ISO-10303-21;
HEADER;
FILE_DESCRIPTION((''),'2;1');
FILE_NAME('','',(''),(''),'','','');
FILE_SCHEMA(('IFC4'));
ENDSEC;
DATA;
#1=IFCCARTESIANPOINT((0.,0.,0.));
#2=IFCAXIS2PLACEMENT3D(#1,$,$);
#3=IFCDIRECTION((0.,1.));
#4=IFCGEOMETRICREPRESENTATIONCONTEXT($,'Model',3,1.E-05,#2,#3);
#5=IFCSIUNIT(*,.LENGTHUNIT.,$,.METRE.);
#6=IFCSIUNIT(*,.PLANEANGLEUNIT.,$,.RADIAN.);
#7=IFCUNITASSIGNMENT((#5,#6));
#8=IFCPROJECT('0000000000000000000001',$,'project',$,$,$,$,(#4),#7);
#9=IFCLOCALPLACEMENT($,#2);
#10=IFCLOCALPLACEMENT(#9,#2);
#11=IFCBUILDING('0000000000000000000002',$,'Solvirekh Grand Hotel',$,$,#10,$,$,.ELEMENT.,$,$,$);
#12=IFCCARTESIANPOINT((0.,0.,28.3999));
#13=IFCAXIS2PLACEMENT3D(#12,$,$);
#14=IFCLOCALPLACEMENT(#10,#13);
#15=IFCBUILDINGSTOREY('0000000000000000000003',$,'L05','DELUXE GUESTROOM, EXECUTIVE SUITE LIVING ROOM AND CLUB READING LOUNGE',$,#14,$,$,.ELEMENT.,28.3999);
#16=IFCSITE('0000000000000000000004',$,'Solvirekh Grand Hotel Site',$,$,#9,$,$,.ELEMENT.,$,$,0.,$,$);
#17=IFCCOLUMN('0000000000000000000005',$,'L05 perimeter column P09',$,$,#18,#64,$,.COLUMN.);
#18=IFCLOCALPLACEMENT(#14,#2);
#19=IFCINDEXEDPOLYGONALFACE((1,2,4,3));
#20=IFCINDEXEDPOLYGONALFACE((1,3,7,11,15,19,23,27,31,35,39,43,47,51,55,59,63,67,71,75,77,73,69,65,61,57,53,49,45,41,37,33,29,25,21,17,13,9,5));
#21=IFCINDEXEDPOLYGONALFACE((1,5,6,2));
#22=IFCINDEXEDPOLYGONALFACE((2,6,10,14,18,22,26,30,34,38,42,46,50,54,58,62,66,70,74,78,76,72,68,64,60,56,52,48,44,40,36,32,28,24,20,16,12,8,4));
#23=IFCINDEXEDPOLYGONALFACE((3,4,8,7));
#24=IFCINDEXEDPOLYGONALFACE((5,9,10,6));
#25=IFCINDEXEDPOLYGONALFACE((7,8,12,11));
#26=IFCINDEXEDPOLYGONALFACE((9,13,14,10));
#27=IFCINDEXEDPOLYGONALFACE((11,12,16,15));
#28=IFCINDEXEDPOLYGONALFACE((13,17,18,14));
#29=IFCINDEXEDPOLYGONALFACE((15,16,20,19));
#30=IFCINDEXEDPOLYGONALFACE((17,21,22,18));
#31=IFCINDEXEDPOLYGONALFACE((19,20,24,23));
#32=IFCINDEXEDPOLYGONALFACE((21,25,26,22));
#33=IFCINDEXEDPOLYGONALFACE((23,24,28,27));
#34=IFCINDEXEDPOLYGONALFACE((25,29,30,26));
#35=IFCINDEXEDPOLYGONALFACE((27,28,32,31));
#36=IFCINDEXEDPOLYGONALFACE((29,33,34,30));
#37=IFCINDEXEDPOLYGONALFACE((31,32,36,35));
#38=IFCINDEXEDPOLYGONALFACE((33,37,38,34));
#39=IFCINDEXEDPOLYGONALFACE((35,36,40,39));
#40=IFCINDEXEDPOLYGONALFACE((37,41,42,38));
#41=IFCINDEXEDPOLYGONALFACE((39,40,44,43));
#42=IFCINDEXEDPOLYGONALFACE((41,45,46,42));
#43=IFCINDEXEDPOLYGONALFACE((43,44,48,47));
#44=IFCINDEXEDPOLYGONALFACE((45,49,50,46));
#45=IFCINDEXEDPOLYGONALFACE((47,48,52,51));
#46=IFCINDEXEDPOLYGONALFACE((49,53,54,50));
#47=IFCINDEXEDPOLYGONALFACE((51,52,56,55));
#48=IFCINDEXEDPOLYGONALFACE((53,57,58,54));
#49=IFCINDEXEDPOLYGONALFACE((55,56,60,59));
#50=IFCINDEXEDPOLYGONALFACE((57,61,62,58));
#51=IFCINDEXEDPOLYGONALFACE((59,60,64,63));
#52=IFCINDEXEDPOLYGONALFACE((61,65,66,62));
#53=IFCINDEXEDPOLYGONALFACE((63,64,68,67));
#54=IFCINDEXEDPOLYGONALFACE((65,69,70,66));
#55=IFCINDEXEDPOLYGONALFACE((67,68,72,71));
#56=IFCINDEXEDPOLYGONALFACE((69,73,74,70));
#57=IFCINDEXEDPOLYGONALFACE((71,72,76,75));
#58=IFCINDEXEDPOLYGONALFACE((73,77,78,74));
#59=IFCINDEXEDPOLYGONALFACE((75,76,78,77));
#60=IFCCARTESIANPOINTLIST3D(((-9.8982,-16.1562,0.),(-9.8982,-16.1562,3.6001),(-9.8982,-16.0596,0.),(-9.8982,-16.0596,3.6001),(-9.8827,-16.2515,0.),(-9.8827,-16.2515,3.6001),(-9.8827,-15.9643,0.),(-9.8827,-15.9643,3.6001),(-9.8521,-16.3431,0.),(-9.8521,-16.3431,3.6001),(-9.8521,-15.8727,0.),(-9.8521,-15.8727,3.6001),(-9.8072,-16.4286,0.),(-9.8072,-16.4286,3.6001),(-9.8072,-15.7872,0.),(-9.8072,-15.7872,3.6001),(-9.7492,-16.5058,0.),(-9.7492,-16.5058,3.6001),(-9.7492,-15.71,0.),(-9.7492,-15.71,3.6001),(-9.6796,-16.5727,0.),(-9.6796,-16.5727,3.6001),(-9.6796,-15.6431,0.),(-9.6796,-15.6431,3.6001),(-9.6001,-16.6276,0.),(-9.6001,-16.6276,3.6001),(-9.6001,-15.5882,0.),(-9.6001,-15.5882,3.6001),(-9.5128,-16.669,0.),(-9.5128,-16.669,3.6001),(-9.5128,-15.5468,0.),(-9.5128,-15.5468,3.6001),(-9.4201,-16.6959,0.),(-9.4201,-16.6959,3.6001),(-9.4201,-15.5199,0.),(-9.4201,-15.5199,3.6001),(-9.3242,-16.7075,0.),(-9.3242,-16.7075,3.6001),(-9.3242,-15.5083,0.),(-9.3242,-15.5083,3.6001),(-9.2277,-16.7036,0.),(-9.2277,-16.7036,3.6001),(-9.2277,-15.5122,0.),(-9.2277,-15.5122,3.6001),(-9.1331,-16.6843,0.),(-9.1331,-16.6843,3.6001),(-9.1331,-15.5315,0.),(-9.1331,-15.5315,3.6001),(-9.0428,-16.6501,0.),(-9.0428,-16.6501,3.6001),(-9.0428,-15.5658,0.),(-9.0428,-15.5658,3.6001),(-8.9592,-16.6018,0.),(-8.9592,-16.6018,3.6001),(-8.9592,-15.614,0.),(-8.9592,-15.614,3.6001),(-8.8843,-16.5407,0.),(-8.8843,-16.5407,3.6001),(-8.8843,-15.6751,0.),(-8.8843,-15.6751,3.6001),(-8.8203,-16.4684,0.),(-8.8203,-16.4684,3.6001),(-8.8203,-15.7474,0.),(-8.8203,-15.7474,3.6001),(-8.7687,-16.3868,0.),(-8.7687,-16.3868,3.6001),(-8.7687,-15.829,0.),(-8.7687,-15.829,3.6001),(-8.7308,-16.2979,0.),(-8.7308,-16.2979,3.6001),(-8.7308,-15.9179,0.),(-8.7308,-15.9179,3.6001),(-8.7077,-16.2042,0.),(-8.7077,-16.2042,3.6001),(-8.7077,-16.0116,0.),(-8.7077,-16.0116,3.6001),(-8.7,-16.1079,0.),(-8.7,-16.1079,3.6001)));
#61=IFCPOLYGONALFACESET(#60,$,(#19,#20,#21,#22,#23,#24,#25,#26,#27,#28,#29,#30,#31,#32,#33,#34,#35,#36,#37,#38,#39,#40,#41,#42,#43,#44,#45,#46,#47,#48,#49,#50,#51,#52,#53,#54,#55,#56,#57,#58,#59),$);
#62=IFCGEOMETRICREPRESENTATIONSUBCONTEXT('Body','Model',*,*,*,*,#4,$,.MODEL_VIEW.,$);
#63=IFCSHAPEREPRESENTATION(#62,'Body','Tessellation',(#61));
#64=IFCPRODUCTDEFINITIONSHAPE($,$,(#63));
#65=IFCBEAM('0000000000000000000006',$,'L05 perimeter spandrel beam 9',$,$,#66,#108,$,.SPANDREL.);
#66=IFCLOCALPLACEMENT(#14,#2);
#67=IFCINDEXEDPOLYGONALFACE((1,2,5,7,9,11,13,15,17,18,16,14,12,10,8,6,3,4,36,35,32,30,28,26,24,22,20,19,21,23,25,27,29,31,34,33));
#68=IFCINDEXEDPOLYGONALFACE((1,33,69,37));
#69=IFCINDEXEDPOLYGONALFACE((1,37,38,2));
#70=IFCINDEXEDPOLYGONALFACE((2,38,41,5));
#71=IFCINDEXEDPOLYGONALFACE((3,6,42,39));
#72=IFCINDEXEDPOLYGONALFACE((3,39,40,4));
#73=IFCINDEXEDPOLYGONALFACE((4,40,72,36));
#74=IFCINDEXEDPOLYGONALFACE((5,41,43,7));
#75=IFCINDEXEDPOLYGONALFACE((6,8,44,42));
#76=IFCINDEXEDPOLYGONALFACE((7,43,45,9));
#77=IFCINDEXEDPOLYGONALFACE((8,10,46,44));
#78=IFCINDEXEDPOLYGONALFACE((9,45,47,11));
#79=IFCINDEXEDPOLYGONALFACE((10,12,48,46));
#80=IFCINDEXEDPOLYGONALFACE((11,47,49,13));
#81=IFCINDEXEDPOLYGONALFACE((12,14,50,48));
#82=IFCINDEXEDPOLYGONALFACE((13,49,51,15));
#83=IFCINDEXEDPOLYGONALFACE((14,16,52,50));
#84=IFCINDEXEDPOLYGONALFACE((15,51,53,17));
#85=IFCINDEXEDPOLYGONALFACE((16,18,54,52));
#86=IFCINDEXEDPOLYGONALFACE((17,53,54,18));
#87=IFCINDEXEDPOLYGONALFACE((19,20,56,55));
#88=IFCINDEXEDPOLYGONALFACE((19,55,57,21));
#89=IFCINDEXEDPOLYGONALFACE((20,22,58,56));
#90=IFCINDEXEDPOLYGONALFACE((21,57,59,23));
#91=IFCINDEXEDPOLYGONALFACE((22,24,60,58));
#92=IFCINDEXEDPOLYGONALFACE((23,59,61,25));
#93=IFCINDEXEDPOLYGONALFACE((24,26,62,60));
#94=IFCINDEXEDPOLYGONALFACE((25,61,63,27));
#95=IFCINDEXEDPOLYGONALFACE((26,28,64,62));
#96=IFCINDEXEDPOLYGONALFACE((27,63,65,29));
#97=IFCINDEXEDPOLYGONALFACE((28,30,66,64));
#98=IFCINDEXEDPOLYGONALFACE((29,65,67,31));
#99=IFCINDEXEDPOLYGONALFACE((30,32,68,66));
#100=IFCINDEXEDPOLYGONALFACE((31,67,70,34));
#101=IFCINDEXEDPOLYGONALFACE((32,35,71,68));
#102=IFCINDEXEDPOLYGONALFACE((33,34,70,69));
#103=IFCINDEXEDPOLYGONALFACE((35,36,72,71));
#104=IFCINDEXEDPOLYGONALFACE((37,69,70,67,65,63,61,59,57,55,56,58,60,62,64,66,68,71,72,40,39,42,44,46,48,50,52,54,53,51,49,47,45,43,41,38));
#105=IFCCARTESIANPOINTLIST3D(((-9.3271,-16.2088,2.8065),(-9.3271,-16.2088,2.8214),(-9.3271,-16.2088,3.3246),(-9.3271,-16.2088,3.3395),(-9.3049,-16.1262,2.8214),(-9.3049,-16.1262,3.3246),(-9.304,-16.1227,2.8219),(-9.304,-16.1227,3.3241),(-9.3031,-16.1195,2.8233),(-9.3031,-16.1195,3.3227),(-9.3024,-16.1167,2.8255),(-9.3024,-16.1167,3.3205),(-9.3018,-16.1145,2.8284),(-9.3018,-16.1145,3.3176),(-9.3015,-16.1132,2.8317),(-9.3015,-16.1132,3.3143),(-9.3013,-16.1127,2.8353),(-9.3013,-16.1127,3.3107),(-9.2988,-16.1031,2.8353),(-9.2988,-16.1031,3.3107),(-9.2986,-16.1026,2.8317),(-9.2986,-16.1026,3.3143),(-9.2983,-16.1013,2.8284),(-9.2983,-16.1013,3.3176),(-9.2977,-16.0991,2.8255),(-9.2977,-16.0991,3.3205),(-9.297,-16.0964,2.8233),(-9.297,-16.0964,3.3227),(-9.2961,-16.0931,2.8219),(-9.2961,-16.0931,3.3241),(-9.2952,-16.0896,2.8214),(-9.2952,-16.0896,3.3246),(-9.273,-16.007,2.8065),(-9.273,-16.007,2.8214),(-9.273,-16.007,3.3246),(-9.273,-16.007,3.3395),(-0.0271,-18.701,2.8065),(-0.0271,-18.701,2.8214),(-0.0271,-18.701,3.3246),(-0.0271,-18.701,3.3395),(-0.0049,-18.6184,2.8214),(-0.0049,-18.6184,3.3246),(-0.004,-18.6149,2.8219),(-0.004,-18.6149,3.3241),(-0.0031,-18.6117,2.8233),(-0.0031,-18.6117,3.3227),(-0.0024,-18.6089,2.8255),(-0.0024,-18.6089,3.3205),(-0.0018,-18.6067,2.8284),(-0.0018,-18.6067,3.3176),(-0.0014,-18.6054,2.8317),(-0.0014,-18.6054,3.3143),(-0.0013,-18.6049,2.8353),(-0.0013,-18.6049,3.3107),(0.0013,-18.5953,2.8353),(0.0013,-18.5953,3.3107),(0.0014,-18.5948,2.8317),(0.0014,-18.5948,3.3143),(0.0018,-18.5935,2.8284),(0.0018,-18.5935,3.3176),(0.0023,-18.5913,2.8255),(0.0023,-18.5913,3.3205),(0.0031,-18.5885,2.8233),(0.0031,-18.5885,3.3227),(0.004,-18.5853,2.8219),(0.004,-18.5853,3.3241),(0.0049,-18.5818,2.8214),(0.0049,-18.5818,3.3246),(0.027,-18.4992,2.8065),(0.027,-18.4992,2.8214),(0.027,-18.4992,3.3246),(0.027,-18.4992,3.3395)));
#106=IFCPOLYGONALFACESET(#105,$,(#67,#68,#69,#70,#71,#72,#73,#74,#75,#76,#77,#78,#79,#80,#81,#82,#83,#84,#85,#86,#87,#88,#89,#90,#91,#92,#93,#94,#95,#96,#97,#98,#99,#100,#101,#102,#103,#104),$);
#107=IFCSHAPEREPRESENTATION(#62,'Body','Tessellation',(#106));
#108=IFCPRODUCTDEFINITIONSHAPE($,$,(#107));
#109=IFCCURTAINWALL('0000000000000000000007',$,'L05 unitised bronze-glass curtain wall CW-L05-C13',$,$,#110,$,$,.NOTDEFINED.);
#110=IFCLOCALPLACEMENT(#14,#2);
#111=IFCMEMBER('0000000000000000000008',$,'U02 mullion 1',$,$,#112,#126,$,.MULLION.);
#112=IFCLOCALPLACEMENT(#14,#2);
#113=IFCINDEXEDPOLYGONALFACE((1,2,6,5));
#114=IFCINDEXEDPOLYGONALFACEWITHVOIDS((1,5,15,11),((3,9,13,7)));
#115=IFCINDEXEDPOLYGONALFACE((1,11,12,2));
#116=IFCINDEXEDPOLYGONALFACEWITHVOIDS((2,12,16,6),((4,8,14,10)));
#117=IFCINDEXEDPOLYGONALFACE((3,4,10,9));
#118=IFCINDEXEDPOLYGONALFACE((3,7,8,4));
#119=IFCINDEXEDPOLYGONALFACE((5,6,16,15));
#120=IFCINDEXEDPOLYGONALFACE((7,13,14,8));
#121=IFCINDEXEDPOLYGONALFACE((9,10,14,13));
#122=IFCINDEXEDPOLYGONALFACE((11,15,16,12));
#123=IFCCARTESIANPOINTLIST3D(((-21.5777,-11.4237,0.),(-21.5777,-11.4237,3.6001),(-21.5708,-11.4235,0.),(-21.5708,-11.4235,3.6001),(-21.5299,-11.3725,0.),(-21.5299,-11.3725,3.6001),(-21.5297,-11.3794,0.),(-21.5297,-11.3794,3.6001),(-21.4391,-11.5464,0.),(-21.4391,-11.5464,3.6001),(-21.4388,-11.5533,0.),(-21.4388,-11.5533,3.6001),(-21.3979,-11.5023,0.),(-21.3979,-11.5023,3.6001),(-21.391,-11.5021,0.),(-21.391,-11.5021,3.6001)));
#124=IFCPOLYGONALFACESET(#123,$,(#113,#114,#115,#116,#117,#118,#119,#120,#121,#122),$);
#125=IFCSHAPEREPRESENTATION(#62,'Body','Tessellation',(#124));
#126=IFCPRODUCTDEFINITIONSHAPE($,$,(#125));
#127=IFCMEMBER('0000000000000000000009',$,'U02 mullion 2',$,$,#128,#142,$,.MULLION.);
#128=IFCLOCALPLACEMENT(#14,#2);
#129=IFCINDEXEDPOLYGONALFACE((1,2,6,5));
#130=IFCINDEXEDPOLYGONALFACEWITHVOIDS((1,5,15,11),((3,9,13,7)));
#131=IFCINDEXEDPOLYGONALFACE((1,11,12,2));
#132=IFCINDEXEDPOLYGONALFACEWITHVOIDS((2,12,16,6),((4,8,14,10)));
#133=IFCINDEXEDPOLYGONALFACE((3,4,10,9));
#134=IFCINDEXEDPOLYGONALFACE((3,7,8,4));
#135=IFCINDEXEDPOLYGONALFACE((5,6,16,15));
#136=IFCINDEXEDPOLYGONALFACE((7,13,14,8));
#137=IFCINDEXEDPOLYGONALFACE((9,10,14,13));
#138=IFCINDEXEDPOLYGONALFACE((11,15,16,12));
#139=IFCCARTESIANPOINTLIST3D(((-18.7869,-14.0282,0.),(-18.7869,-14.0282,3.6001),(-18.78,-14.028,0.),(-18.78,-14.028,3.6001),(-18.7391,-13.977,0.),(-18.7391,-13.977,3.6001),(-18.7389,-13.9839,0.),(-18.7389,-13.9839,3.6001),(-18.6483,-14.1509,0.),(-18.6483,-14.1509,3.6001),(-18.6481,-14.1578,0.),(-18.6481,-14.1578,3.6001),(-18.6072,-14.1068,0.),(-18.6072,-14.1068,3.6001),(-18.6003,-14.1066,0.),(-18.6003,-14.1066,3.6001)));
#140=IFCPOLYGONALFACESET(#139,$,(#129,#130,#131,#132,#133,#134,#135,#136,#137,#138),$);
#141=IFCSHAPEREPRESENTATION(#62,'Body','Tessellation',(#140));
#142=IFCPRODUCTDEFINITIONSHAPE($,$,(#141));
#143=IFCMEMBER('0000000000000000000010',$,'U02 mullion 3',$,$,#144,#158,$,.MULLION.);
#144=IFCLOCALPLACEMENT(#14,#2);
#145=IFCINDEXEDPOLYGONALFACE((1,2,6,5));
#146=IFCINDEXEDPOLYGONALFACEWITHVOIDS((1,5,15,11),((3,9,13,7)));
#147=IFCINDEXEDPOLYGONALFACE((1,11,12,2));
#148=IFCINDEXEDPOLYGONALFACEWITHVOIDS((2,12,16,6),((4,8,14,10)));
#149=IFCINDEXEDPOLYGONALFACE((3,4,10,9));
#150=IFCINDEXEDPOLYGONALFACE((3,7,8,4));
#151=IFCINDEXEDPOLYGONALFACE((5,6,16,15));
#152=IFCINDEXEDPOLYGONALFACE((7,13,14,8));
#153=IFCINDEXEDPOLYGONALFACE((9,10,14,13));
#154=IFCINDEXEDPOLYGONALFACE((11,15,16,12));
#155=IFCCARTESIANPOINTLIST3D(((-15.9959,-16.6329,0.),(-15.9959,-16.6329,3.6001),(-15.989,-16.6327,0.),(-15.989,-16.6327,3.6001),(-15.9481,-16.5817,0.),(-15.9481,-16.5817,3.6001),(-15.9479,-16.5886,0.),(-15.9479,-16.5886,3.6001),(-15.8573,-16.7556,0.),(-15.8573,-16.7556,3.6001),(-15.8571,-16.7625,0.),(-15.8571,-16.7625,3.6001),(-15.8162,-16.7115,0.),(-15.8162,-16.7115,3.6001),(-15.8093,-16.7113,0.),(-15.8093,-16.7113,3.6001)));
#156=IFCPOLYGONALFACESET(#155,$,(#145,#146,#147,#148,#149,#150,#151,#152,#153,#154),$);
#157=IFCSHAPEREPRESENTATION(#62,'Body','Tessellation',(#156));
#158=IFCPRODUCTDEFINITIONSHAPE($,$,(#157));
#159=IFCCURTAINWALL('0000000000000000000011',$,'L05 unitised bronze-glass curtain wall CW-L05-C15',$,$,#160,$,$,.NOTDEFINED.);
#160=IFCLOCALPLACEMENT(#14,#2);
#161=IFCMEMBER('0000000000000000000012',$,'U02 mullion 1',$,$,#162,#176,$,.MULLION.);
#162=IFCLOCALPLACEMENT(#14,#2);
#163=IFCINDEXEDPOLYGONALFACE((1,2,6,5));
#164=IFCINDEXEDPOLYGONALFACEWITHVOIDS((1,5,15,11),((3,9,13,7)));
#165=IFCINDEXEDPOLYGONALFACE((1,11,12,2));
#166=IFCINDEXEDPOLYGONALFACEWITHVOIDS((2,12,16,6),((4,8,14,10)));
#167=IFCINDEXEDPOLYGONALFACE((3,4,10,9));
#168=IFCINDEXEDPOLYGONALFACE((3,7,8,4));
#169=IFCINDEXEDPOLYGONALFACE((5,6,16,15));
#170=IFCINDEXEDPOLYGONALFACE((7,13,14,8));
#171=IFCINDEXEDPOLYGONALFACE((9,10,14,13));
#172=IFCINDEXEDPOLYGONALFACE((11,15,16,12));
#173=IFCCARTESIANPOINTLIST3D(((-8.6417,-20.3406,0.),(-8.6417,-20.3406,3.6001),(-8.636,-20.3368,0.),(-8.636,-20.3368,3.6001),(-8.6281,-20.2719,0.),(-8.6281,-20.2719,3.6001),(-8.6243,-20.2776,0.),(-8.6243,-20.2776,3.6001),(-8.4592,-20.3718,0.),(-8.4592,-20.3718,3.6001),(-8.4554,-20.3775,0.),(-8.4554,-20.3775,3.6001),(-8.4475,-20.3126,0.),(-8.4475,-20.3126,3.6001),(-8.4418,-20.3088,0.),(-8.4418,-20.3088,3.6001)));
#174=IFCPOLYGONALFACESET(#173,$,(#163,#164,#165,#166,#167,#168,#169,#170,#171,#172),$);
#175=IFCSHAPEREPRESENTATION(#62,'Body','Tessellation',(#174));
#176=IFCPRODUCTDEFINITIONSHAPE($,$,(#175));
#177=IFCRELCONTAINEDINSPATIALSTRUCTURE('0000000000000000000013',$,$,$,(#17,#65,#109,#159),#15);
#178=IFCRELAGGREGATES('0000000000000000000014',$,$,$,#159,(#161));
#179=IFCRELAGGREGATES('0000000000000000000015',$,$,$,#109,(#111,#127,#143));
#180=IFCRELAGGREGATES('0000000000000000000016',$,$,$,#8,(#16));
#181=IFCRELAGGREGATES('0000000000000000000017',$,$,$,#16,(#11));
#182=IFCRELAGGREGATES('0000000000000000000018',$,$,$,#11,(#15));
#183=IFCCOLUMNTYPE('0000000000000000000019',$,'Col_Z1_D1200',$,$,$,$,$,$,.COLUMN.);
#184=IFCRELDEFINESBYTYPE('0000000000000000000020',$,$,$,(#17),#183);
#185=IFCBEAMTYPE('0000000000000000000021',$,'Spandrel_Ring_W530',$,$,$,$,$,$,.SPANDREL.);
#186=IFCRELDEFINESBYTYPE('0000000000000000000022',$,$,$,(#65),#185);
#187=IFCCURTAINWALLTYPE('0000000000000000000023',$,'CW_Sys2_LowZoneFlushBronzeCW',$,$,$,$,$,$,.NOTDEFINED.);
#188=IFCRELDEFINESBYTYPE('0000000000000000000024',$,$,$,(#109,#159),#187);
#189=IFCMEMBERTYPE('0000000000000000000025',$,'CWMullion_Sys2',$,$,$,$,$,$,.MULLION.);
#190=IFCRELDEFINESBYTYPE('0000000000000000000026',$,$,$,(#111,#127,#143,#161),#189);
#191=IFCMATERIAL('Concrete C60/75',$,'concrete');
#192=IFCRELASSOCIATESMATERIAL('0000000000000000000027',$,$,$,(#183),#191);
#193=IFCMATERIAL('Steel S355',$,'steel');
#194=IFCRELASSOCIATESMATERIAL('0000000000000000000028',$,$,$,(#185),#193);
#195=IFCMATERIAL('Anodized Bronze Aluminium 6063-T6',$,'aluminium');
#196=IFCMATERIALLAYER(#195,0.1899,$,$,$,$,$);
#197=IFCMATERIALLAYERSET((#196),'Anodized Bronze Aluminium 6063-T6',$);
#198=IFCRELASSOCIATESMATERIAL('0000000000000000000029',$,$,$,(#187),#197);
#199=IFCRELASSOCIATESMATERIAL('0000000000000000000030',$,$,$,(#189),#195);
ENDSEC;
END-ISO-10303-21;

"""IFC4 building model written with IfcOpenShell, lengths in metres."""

from ifc_helpers import new_model, si_unit, direction, frame, origin, origin_2d, place, context, subcontext, project, spatial, hollow_rectangle, circle, i_section, extrude, source, transform, mapped, material, layer, layer_set, material_profile, profile_set, type_object, element, aggregate, save


model = new_model("IFC4")

# Units and contexts
model_context = context("Model", 3, precision=1e-05, world=origin(), true_north=direction((0.0, 1.0)))
body_context = subcontext(model_context, "Body", "Model", "MODEL_VIEW")
ifc_project = project(units=[si_unit("LENGTHUNIT", "METRE"), si_unit("PLANEANGLEUNIT", "RADIAN")], contexts=[model_context])

# Site, building, storey
site_placement = place(None, origin())
site = spatial("IfcSite", under=ifc_project, at=site_placement, Name="Solvirekh Grand Hotel Site", CompositionType="ELEMENT", RefElevation=0.0)
building_placement = place(site_placement, origin())
building = spatial("IfcBuilding", under=site, at=building_placement, Name="Solvirekh Grand Hotel", CompositionType="ELEMENT")
storey_placement = place(building_placement, frame((0.0, 0.0, 28.3999)))
storey = spatial("IfcBuildingStorey", under=building, at=storey_placement, Name="L05", Description="DELUXE GUESTROOM, EXECUTIVE SUITE LIVING ROOM AND CLUB READING LOUNGE", CompositionType="ELEMENT", Elevation=28.3999)

# Column
ifc_material_1 = material(Name="Concrete C60/75", Category="concrete")
ifc_material_profile_1 = material_profile(ifc_material_1, circle(Radius=0.6001, at=origin_2d()), Name="RC CIRC D1200")
ifc_profile_set_1 = profile_set([ifc_material_profile_1], Name="Concrete C60/75")
column_type = type_object("IfcColumnType", Name="Col_Z1_D1200", PredefinedType="COLUMN", material=ifc_profile_set_1)
column_placement = place(storey_placement, frame((-9.3, -16.1079, 0.0), z_axis=(0.0, 0.0, 1.0), x_axis=(1.0, 0.0, 0.0)))
element("IfcColumn", 1, at=column_placement, inside=storey, type_object=column_type, Name="L05 perimeter column P09", PredefinedType="COLUMN", context=body_context, shape_type="SweptSolid", body=[
    extrude(circle(Radius=0.6001, at=origin_2d()), origin(), (0.0, 0.0, 1.0), 3.6001),
])

# Beam
ifc_material_2 = material(Name="Steel S355", Category="steel")
ifc_material_profile_2 = material_profile(ifc_material_2, i_section(OverallWidth=0.209, OverallDepth=0.533, WebThickness=0.01, FlangeThickness=0.0149, FilletRadius=0.0139, at=origin_2d()), Name="W530X92")
ifc_profile_set_2 = profile_set([ifc_material_profile_2], Name="Steel S355")
beam_type = type_object("IfcBeamType", Name="Spandrel_Ring_W530", PredefinedType="SPANDREL", material=ifc_profile_set_2)
beam_placement = place(storey_placement, frame((-9.3, -16.1079, 3.073), z_axis=(0.965919, -0.258843, 0.0), x_axis=(0.258843, 0.965919, 0.0)))
element("IfcBeam", 2, at=beam_placement, inside=storey, type_object=beam_type, Name="L05 perimeter spandrel beam 9", PredefinedType="SPANDREL", context=body_context, shape_type="SweptSolid", body=[
    extrude(i_section(OverallWidth=0.209, OverallDepth=0.533, WebThickness=0.01, FlangeThickness=0.0149, FilletRadius=0.0139, at=origin_2d()), origin(), (0.0, 0.0, 1.0), 9.6282),
])

# Curtain wall, members
ifc_material_3 = material(Name="Anodized Bronze Aluminium 6063-T6", Category="aluminium")
ifc_layer_1 = layer(ifc_material_3, 0.1899)
ifc_layer_set_1 = layer_set([ifc_layer_1], Name="Anodized Bronze Aluminium 6063-T6")
curtain_wall_type = type_object("IfcCurtainWallType", Name="CW_Sys2_LowZoneFlushBronzeCW", PredefinedType="NOTDEFINED", material=ifc_layer_set_1)
curtain_wall_1_placement = place(storey_placement, origin())
curtain_wall_1 = element("IfcCurtainWall", 3, at=curtain_wall_1_placement, inside=storey, type_object=curtain_wall_type, Name="L05 unitised bronze-glass curtain wall CW-L05-C13", PredefinedType="NOTDEFINED")
ifc_material_profile_3 = material_profile(ifc_material_3, hollow_rectangle(XDim=0.0701, YDim=0.1899, WallThickness=0.0049, at=origin_2d()), Name="ALU RHS 190X70X5")
ifc_profile_set_3 = profile_set([ifc_material_profile_3], Name="Anodized Bronze Aluminium 6063-T6")
member_type_1 = type_object("IfcMemberType", Name="CWMullion_Sys2", PredefinedType="MULLION", material=ifc_profile_set_3)
shared_shape_1 = source(origin(), body_context, "Body", "SweptSolid", [
    extrude(hollow_rectangle(XDim=0.0701, YDim=0.1899, WallThickness=0.0049, at=origin_2d()), origin(), (0.0, 0.0, 1.0), 3.6001),
])
member_1_placement = place(storey_placement, frame((-21.4844, -11.4629, 0.0), z_axis=(0.0, 0.0, 1.0), x_axis=(0.682286, 0.731085, 0.0)))
member_1 = element("IfcMember", 4, at=member_1_placement, type_object=member_type_1, Name="U02 mullion 1", PredefinedType="MULLION", context=body_context, shape_type="MappedRepresentation", body=[
    mapped(shared_shape_1, transform((0.0, 0.0, 0.0), x_axis=(1.0, 0.0, 0.0), y_axis=(0.0, 1.0, 0.0), z_axis=(0.0, 0.0, 1.0), scale=1.0)),
])
member_2_placement = place(storey_placement, frame((-18.6936, -14.0674, 0.0), z_axis=(0.0, 0.0, 1.0), x_axis=(0.682286, 0.731085, 0.0)))
member_2 = element("IfcMember", 5, at=member_2_placement, type_object=member_type_1, Name="U02 mullion 2", PredefinedType="MULLION", context=body_context, shape_type="MappedRepresentation", body=[
    mapped(shared_shape_1, transform((0.0, 0.0, 0.0), x_axis=(1.0, 0.0, 0.0), y_axis=(0.0, 1.0, 0.0), z_axis=(0.0, 0.0, 1.0), scale=1.0)),
])
member_3_placement = place(storey_placement, frame((-15.9026, -16.6721, 0.0), z_axis=(0.0, 0.0, 1.0), x_axis=(0.682286, 0.731085, 0.0)))
member_3 = element("IfcMember", 6, at=member_3_placement, type_object=member_type_1, Name="U02 mullion 3", PredefinedType="MULLION", context=body_context, shape_type="MappedRepresentation", body=[
    mapped(shared_shape_1, transform((0.0, 0.0, 0.0), x_axis=(1.0, 0.0, 0.0), y_axis=(0.0, 1.0, 0.0), z_axis=(0.0, 0.0, 1.0), scale=1.0)),
])

# Curtain wall, member
curtain_wall_2_placement = place(storey_placement, origin())
curtain_wall_2 = element("IfcCurtainWall", 7, at=curtain_wall_2_placement, inside=storey, type_object=curtain_wall_type, Name="L05 unitised bronze-glass curtain wall CW-L05-C15", PredefinedType="NOTDEFINED")
member_4_placement = place(storey_placement, frame((-8.5417, -20.3247, 0.0), z_axis=(0.0, 0.0, 1.0), x_axis=(0.194104, 0.980981, 0.0)))
member_4 = element("IfcMember", 8, at=member_4_placement, type_object=member_type_1, Name="U02 mullion 1", PredefinedType="MULLION", context=body_context, shape_type="MappedRepresentation", body=[
    mapped(shared_shape_1, transform((0.0, 0.0, 0.0), x_axis=(1.0, 0.0, 0.0), y_axis=(0.0, 1.0, 0.0), z_axis=(0.0, 0.0, 1.0), scale=1.0)),
])
aggregate(curtain_wall_2, [member_4])

aggregate(curtain_wall_1, [member_1, member_2, member_3])

save(model, "model.ifc")
